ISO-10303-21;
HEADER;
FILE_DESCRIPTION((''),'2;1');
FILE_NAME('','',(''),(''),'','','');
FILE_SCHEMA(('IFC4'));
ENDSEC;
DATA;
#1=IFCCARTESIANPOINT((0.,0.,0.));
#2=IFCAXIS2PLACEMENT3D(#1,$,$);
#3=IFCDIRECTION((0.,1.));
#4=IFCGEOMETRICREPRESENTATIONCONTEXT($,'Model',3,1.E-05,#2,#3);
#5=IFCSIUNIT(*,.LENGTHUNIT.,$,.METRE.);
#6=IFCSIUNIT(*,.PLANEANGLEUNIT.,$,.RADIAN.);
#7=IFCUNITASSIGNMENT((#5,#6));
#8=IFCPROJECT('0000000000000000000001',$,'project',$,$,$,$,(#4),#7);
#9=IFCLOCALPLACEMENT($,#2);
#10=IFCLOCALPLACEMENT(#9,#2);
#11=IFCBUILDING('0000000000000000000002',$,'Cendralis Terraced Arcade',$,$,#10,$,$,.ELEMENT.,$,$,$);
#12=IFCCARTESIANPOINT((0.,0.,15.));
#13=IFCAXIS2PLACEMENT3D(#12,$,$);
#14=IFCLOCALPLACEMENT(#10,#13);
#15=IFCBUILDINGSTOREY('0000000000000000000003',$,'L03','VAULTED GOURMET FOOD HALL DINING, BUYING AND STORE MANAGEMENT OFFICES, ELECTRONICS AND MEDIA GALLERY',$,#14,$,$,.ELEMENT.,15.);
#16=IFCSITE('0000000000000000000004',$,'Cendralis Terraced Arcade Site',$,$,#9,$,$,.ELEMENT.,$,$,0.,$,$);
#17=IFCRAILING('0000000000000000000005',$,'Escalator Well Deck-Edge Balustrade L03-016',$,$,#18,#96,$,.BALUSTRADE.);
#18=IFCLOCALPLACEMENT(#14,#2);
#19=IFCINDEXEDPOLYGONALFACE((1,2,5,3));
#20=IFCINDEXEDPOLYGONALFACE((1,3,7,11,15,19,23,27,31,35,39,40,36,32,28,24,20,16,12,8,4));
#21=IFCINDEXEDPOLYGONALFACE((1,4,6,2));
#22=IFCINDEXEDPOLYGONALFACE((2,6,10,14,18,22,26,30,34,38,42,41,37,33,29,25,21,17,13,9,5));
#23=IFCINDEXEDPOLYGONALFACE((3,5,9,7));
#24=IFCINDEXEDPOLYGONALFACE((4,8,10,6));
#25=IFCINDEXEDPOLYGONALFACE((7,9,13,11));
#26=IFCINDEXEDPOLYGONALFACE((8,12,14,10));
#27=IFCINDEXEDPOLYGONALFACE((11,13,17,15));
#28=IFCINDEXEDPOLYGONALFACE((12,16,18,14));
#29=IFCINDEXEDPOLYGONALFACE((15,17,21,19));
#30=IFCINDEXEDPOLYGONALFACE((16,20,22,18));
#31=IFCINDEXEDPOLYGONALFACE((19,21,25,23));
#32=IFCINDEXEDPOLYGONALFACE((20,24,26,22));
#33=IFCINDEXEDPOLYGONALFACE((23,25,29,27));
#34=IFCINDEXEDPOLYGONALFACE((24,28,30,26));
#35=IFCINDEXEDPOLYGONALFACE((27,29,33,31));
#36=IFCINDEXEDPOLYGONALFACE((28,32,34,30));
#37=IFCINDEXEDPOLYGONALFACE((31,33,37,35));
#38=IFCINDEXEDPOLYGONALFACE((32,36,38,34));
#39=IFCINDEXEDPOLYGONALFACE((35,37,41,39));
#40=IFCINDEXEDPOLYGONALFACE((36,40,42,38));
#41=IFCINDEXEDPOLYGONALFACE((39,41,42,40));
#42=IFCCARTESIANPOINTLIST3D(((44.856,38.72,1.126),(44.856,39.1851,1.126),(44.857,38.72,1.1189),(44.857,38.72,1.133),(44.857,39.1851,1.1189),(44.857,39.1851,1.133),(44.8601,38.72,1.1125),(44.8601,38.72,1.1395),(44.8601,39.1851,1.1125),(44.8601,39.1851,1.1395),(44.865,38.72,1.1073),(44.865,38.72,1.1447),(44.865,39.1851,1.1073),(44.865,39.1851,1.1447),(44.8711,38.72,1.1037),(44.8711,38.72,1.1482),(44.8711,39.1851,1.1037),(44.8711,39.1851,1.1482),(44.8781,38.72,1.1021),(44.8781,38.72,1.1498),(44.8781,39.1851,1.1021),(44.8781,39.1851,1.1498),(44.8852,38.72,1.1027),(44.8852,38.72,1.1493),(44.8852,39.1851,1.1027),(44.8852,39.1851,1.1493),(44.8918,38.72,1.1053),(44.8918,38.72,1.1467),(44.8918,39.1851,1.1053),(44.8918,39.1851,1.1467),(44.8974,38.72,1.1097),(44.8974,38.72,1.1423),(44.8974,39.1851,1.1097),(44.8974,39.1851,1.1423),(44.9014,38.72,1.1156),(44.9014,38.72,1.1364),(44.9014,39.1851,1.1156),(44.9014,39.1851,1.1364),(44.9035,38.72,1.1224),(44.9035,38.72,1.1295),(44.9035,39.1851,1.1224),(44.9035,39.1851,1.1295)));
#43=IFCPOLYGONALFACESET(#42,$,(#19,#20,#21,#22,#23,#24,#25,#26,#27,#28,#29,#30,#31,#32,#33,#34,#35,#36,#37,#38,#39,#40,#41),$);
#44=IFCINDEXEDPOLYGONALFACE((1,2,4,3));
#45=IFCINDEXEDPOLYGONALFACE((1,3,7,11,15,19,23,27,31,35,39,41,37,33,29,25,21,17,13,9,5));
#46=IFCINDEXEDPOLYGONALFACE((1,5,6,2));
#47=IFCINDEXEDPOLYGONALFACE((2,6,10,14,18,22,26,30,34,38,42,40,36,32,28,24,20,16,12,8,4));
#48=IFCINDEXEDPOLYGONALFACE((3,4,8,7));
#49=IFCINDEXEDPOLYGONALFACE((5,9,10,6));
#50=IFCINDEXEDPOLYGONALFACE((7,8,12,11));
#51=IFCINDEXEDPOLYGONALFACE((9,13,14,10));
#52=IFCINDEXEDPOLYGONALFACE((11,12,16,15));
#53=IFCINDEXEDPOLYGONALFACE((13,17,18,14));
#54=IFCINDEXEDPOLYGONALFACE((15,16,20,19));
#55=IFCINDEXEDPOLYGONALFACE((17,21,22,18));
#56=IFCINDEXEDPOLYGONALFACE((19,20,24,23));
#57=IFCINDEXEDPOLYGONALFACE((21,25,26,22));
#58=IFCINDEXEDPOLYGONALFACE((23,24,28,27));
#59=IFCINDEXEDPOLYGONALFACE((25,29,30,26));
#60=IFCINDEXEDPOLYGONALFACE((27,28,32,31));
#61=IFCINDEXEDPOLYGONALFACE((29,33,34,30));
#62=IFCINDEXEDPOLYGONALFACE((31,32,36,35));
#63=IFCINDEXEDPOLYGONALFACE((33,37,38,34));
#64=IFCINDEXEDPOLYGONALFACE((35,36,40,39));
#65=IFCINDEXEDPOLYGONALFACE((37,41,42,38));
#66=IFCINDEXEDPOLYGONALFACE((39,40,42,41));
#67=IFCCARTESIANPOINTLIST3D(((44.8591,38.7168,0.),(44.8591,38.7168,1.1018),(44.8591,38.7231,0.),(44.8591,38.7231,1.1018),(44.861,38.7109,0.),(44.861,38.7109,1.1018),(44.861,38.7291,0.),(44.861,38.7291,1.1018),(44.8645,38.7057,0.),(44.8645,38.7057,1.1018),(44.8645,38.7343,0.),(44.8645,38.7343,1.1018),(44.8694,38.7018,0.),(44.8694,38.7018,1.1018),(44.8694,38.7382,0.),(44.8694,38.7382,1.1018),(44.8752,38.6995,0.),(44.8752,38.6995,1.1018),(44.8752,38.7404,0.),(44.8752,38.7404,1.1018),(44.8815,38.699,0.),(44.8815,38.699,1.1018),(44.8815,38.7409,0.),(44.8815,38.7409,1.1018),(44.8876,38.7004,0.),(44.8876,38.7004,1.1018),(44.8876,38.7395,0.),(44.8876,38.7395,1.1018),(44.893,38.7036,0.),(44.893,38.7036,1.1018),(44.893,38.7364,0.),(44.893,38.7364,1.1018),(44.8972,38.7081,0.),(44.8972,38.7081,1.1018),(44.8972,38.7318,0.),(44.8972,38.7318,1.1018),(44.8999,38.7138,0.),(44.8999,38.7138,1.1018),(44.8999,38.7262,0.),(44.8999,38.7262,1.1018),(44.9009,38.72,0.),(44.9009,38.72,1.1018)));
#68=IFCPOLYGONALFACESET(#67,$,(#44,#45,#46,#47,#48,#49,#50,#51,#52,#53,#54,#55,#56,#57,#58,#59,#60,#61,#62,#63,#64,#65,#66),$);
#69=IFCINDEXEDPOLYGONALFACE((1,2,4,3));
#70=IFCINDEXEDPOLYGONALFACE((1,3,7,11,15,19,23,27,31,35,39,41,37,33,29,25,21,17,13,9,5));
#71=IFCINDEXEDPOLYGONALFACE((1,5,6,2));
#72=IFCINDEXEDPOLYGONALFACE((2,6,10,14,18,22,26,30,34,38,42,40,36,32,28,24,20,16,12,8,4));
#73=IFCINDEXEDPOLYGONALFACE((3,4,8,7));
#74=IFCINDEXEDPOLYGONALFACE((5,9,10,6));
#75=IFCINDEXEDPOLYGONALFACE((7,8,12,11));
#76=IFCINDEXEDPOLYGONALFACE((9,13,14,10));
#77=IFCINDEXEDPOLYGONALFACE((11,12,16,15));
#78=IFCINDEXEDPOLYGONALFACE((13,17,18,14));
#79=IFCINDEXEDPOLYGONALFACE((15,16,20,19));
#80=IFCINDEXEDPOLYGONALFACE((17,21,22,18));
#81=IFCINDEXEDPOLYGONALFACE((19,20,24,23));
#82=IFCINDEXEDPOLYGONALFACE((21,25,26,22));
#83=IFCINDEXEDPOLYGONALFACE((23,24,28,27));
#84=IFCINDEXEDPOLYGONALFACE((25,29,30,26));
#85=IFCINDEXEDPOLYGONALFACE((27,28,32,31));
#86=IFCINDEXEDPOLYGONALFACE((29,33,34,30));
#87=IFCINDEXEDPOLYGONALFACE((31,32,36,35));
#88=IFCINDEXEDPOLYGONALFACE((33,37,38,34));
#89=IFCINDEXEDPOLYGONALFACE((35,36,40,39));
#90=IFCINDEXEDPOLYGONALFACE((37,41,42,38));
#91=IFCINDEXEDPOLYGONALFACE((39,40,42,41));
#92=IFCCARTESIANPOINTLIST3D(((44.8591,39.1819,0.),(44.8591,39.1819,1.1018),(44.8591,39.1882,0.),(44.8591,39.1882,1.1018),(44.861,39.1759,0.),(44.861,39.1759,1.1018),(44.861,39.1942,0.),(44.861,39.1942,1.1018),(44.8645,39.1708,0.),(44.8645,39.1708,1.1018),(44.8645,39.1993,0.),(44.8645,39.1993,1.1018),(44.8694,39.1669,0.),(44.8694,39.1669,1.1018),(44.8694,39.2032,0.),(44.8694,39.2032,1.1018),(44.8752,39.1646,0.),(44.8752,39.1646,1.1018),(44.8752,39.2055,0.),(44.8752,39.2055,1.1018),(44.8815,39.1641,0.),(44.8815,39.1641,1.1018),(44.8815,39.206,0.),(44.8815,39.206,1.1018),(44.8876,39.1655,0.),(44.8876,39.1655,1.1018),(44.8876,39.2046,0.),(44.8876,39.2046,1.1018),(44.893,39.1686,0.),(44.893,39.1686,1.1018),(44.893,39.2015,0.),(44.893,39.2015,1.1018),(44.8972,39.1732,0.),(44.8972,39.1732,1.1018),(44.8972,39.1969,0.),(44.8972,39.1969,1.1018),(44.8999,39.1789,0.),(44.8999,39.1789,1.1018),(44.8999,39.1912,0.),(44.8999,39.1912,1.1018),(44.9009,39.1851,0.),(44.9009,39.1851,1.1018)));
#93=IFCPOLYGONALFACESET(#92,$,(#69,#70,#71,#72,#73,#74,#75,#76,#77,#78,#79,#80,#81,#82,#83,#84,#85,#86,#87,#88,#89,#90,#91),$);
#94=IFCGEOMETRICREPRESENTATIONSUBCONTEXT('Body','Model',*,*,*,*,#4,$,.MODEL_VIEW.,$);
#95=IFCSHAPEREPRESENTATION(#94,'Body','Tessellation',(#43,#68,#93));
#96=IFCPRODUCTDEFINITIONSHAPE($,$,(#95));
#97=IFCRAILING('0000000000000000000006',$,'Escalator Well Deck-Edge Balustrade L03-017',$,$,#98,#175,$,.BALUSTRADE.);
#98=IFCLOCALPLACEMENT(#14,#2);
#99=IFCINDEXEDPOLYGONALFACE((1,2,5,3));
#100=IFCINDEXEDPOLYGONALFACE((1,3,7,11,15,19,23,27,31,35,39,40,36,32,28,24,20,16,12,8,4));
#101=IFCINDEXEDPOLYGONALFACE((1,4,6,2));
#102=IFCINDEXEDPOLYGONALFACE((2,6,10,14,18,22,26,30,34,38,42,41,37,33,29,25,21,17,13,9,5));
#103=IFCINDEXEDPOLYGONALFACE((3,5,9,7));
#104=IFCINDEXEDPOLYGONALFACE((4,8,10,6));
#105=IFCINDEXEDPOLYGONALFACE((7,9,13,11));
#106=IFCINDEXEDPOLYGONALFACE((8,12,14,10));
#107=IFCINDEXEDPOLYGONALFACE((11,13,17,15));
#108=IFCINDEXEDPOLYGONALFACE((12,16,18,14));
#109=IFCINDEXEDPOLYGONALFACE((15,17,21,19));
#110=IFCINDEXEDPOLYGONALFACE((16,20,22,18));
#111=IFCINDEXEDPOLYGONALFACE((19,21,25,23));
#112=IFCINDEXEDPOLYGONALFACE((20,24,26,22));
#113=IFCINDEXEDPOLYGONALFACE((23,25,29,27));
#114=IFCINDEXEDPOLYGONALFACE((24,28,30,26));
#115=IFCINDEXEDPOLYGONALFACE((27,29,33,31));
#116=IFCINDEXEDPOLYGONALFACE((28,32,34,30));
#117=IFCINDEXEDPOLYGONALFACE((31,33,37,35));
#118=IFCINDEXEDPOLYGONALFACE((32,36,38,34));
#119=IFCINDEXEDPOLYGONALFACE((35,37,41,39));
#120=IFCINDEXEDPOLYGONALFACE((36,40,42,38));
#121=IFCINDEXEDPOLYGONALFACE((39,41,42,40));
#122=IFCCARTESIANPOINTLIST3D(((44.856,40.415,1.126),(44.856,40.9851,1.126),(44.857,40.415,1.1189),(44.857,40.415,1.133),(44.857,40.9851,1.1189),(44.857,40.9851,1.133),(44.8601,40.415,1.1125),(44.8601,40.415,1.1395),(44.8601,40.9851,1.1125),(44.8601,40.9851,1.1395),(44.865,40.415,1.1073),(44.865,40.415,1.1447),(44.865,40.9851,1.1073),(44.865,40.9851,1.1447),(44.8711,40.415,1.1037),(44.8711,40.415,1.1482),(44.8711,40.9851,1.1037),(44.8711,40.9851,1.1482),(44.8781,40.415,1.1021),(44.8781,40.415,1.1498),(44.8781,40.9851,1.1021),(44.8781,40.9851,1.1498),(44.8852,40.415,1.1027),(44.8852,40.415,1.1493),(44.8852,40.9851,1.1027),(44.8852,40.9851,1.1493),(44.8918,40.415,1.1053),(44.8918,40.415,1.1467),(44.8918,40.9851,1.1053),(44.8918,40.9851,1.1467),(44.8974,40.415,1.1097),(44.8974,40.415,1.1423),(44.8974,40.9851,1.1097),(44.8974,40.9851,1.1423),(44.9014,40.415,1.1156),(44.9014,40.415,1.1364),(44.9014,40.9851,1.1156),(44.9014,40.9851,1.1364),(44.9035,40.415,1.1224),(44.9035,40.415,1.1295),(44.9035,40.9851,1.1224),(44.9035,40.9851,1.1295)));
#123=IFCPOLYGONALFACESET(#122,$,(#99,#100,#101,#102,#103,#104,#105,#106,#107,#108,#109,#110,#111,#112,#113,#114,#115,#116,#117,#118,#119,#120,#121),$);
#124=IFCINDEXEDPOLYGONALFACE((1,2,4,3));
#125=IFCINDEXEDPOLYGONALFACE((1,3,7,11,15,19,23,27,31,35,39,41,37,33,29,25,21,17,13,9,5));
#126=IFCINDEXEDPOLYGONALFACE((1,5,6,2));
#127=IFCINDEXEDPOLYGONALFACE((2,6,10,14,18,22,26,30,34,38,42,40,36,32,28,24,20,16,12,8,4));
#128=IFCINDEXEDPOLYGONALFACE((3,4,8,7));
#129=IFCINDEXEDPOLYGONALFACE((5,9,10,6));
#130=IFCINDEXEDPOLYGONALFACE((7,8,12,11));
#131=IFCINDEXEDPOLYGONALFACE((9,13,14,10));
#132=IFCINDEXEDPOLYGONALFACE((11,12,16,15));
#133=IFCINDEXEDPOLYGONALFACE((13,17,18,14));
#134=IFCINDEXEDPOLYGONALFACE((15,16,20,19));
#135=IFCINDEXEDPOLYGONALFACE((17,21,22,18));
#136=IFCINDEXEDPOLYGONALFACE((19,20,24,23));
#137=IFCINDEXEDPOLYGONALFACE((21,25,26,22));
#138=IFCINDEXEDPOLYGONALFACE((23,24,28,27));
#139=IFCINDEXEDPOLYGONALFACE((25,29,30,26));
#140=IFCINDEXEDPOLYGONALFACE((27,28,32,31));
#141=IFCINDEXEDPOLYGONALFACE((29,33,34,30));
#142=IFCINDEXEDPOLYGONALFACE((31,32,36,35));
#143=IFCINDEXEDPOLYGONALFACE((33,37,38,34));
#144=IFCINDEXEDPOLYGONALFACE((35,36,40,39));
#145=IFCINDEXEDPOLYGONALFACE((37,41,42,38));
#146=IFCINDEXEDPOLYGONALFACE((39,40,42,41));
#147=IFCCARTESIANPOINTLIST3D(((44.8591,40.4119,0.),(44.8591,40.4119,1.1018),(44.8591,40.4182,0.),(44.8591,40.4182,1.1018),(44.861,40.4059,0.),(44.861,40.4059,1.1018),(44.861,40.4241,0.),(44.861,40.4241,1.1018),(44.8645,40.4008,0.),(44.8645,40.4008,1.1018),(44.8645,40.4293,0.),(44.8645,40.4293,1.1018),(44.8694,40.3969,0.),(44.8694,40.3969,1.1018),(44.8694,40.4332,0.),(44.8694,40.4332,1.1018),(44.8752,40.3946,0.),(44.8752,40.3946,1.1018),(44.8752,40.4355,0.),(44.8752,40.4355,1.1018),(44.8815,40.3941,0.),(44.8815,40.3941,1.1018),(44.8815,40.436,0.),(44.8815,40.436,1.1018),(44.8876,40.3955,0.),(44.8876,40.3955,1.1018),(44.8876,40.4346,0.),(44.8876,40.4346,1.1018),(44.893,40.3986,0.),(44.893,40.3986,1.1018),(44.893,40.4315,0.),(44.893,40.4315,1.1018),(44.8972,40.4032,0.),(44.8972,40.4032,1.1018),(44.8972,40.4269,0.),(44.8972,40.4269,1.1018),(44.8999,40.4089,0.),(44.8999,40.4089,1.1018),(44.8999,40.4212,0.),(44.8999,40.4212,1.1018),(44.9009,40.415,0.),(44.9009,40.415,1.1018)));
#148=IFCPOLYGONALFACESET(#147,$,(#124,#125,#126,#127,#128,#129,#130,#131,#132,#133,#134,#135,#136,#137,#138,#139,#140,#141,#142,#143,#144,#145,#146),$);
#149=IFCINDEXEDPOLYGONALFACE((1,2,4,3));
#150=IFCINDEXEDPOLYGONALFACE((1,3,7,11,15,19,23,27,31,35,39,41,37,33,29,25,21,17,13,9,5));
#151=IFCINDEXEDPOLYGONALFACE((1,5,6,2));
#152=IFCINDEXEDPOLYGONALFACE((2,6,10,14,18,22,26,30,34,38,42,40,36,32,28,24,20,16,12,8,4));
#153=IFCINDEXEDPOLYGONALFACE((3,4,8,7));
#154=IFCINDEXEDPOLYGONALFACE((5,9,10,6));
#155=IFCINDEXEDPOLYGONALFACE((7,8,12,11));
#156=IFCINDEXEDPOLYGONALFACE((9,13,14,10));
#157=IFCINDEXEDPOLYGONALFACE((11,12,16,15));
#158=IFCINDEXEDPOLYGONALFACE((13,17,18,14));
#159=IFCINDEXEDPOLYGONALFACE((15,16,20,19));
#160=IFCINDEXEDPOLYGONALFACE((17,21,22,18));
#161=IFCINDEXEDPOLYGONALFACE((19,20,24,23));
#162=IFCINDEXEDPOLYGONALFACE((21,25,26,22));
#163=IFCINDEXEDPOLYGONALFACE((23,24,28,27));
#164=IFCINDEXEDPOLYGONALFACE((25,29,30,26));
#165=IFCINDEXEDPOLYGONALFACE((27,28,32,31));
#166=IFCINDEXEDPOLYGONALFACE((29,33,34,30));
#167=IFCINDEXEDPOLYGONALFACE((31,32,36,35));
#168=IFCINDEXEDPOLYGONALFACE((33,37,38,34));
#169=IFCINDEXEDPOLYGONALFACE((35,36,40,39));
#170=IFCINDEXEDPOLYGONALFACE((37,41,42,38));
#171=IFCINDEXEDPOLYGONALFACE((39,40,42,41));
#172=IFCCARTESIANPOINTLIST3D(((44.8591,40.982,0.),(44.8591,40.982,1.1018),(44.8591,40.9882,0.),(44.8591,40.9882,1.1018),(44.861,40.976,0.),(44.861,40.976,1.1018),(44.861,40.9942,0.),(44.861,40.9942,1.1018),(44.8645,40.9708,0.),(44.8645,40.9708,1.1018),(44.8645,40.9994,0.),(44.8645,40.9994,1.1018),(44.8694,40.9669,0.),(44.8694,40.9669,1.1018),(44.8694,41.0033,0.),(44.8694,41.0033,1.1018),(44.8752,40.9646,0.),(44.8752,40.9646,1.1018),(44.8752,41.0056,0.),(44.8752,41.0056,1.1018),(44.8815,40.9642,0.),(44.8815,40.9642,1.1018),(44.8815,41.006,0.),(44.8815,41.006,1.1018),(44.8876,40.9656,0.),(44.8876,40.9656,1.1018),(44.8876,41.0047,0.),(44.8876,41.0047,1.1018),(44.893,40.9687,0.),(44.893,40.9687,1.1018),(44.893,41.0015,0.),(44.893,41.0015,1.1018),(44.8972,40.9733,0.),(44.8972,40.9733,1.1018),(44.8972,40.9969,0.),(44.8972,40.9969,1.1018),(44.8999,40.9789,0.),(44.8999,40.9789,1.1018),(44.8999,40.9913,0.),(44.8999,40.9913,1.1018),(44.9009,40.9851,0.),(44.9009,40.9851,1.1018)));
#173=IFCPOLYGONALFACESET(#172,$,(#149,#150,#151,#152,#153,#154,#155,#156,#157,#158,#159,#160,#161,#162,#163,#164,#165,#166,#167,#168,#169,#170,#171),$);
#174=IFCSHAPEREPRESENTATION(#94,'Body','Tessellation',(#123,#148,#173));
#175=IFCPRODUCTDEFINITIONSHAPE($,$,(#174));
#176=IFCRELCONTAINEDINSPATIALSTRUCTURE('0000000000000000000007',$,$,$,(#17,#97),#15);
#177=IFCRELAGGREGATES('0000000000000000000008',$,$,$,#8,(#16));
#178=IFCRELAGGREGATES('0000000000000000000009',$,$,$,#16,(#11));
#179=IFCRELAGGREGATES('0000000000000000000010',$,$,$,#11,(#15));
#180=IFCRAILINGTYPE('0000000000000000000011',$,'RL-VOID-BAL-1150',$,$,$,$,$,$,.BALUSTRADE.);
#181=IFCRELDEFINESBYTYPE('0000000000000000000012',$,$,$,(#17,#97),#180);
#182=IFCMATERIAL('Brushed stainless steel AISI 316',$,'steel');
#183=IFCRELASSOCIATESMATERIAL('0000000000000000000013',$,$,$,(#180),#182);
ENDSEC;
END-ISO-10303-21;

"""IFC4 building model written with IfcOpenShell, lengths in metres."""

from ifc_helpers import new_model, si_unit, direction, frame, origin, origin_2d, place, context, subcontext, project, spatial, circle, extrude, material, type_object, element, save


model = new_model("IFC4")

# Units and contexts
model_context = context("Model", 3, precision=1e-05, world=origin(), true_north=direction((0.0, 1.0)))
body_context = subcontext(model_context, "Body", "Model", "MODEL_VIEW")
ifc_project = project(units=[si_unit("LENGTHUNIT", "METRE"), si_unit("PLANEANGLEUNIT", "RADIAN")], contexts=[model_context])

# Site, building, storey
site_placement = place(None, origin())
site = spatial("IfcSite", under=ifc_project, at=site_placement, Name="Cendralis Terraced Arcade Site", CompositionType="ELEMENT", RefElevation=0.0)
building_placement = place(site_placement, origin())
building = spatial("IfcBuilding", under=site, at=building_placement, Name="Cendralis Terraced Arcade", CompositionType="ELEMENT")
storey_placement = place(building_placement, frame((0.0, 0.0, 15.0)))
storey = spatial("IfcBuildingStorey", under=building, at=storey_placement, Name="L03", Description="VAULTED GOURMET FOOD HALL DINING, BUYING AND STORE MANAGEMENT OFFICES, ELECTRONICS AND MEDIA GALLERY", CompositionType="ELEMENT", Elevation=15.0)

# Railings
ifc_material_1 = material(Name="Brushed stainless steel AISI 316", Category="steel")
railing_type_1 = type_object("IfcRailingType", Name="RL-VOID-BAL-1150", PredefinedType="BALUSTRADE", material=ifc_material_1)
railing_1_placement = place(storey_placement, frame((44.8799, 38.72, 0.0)))
element("IfcRailing", 1, at=railing_1_placement, inside=storey, type_object=railing_type_1, Name="Escalator Well Deck-Edge Balustrade L03-016", PredefinedType="BALUSTRADE", context=body_context, shape_type="SweptSolid", body=[
    extrude(circle(Radius=0.0239, at=origin_2d()), frame((0.0, 0.0, 1.126), z_axis=(0.0, 1.0, 0.0), x_axis=(-1.0, 0.0, 0.0)), (0.0, 0.0, 1.0), 0.4651),
    extrude(circle(Radius=0.021, at=origin_2d()), origin(), (0.0, 0.0, 1.0), 1.1018),
    extrude(circle(Radius=0.021, at=origin_2d()), frame((0.0, 0.4651, 0.0)), (0.0, 0.0, 1.0), 1.1018),
])
railing_2_placement = place(storey_placement, frame((44.8799, 40.415, 0.0)))
element("IfcRailing", 2, at=railing_2_placement, inside=storey, type_object=railing_type_1, Name="Escalator Well Deck-Edge Balustrade L03-017", PredefinedType="BALUSTRADE", context=body_context, shape_type="SweptSolid", body=[
    extrude(circle(Radius=0.0239, at=origin_2d()), frame((0.0, 0.0, 1.126), z_axis=(0.0, 1.0, 0.0), x_axis=(-1.0, 0.0, 0.0)), (0.0, 0.0, 1.0), 0.5701),
    extrude(circle(Radius=0.021, at=origin_2d()), origin(), (0.0, 0.0, 1.0), 1.1018),
    extrude(circle(Radius=0.021, at=origin_2d()), frame((0.0, 0.5701, 0.0)), (0.0, 0.0, 1.0), 1.1018),
])

save(model, "model.ifc")
